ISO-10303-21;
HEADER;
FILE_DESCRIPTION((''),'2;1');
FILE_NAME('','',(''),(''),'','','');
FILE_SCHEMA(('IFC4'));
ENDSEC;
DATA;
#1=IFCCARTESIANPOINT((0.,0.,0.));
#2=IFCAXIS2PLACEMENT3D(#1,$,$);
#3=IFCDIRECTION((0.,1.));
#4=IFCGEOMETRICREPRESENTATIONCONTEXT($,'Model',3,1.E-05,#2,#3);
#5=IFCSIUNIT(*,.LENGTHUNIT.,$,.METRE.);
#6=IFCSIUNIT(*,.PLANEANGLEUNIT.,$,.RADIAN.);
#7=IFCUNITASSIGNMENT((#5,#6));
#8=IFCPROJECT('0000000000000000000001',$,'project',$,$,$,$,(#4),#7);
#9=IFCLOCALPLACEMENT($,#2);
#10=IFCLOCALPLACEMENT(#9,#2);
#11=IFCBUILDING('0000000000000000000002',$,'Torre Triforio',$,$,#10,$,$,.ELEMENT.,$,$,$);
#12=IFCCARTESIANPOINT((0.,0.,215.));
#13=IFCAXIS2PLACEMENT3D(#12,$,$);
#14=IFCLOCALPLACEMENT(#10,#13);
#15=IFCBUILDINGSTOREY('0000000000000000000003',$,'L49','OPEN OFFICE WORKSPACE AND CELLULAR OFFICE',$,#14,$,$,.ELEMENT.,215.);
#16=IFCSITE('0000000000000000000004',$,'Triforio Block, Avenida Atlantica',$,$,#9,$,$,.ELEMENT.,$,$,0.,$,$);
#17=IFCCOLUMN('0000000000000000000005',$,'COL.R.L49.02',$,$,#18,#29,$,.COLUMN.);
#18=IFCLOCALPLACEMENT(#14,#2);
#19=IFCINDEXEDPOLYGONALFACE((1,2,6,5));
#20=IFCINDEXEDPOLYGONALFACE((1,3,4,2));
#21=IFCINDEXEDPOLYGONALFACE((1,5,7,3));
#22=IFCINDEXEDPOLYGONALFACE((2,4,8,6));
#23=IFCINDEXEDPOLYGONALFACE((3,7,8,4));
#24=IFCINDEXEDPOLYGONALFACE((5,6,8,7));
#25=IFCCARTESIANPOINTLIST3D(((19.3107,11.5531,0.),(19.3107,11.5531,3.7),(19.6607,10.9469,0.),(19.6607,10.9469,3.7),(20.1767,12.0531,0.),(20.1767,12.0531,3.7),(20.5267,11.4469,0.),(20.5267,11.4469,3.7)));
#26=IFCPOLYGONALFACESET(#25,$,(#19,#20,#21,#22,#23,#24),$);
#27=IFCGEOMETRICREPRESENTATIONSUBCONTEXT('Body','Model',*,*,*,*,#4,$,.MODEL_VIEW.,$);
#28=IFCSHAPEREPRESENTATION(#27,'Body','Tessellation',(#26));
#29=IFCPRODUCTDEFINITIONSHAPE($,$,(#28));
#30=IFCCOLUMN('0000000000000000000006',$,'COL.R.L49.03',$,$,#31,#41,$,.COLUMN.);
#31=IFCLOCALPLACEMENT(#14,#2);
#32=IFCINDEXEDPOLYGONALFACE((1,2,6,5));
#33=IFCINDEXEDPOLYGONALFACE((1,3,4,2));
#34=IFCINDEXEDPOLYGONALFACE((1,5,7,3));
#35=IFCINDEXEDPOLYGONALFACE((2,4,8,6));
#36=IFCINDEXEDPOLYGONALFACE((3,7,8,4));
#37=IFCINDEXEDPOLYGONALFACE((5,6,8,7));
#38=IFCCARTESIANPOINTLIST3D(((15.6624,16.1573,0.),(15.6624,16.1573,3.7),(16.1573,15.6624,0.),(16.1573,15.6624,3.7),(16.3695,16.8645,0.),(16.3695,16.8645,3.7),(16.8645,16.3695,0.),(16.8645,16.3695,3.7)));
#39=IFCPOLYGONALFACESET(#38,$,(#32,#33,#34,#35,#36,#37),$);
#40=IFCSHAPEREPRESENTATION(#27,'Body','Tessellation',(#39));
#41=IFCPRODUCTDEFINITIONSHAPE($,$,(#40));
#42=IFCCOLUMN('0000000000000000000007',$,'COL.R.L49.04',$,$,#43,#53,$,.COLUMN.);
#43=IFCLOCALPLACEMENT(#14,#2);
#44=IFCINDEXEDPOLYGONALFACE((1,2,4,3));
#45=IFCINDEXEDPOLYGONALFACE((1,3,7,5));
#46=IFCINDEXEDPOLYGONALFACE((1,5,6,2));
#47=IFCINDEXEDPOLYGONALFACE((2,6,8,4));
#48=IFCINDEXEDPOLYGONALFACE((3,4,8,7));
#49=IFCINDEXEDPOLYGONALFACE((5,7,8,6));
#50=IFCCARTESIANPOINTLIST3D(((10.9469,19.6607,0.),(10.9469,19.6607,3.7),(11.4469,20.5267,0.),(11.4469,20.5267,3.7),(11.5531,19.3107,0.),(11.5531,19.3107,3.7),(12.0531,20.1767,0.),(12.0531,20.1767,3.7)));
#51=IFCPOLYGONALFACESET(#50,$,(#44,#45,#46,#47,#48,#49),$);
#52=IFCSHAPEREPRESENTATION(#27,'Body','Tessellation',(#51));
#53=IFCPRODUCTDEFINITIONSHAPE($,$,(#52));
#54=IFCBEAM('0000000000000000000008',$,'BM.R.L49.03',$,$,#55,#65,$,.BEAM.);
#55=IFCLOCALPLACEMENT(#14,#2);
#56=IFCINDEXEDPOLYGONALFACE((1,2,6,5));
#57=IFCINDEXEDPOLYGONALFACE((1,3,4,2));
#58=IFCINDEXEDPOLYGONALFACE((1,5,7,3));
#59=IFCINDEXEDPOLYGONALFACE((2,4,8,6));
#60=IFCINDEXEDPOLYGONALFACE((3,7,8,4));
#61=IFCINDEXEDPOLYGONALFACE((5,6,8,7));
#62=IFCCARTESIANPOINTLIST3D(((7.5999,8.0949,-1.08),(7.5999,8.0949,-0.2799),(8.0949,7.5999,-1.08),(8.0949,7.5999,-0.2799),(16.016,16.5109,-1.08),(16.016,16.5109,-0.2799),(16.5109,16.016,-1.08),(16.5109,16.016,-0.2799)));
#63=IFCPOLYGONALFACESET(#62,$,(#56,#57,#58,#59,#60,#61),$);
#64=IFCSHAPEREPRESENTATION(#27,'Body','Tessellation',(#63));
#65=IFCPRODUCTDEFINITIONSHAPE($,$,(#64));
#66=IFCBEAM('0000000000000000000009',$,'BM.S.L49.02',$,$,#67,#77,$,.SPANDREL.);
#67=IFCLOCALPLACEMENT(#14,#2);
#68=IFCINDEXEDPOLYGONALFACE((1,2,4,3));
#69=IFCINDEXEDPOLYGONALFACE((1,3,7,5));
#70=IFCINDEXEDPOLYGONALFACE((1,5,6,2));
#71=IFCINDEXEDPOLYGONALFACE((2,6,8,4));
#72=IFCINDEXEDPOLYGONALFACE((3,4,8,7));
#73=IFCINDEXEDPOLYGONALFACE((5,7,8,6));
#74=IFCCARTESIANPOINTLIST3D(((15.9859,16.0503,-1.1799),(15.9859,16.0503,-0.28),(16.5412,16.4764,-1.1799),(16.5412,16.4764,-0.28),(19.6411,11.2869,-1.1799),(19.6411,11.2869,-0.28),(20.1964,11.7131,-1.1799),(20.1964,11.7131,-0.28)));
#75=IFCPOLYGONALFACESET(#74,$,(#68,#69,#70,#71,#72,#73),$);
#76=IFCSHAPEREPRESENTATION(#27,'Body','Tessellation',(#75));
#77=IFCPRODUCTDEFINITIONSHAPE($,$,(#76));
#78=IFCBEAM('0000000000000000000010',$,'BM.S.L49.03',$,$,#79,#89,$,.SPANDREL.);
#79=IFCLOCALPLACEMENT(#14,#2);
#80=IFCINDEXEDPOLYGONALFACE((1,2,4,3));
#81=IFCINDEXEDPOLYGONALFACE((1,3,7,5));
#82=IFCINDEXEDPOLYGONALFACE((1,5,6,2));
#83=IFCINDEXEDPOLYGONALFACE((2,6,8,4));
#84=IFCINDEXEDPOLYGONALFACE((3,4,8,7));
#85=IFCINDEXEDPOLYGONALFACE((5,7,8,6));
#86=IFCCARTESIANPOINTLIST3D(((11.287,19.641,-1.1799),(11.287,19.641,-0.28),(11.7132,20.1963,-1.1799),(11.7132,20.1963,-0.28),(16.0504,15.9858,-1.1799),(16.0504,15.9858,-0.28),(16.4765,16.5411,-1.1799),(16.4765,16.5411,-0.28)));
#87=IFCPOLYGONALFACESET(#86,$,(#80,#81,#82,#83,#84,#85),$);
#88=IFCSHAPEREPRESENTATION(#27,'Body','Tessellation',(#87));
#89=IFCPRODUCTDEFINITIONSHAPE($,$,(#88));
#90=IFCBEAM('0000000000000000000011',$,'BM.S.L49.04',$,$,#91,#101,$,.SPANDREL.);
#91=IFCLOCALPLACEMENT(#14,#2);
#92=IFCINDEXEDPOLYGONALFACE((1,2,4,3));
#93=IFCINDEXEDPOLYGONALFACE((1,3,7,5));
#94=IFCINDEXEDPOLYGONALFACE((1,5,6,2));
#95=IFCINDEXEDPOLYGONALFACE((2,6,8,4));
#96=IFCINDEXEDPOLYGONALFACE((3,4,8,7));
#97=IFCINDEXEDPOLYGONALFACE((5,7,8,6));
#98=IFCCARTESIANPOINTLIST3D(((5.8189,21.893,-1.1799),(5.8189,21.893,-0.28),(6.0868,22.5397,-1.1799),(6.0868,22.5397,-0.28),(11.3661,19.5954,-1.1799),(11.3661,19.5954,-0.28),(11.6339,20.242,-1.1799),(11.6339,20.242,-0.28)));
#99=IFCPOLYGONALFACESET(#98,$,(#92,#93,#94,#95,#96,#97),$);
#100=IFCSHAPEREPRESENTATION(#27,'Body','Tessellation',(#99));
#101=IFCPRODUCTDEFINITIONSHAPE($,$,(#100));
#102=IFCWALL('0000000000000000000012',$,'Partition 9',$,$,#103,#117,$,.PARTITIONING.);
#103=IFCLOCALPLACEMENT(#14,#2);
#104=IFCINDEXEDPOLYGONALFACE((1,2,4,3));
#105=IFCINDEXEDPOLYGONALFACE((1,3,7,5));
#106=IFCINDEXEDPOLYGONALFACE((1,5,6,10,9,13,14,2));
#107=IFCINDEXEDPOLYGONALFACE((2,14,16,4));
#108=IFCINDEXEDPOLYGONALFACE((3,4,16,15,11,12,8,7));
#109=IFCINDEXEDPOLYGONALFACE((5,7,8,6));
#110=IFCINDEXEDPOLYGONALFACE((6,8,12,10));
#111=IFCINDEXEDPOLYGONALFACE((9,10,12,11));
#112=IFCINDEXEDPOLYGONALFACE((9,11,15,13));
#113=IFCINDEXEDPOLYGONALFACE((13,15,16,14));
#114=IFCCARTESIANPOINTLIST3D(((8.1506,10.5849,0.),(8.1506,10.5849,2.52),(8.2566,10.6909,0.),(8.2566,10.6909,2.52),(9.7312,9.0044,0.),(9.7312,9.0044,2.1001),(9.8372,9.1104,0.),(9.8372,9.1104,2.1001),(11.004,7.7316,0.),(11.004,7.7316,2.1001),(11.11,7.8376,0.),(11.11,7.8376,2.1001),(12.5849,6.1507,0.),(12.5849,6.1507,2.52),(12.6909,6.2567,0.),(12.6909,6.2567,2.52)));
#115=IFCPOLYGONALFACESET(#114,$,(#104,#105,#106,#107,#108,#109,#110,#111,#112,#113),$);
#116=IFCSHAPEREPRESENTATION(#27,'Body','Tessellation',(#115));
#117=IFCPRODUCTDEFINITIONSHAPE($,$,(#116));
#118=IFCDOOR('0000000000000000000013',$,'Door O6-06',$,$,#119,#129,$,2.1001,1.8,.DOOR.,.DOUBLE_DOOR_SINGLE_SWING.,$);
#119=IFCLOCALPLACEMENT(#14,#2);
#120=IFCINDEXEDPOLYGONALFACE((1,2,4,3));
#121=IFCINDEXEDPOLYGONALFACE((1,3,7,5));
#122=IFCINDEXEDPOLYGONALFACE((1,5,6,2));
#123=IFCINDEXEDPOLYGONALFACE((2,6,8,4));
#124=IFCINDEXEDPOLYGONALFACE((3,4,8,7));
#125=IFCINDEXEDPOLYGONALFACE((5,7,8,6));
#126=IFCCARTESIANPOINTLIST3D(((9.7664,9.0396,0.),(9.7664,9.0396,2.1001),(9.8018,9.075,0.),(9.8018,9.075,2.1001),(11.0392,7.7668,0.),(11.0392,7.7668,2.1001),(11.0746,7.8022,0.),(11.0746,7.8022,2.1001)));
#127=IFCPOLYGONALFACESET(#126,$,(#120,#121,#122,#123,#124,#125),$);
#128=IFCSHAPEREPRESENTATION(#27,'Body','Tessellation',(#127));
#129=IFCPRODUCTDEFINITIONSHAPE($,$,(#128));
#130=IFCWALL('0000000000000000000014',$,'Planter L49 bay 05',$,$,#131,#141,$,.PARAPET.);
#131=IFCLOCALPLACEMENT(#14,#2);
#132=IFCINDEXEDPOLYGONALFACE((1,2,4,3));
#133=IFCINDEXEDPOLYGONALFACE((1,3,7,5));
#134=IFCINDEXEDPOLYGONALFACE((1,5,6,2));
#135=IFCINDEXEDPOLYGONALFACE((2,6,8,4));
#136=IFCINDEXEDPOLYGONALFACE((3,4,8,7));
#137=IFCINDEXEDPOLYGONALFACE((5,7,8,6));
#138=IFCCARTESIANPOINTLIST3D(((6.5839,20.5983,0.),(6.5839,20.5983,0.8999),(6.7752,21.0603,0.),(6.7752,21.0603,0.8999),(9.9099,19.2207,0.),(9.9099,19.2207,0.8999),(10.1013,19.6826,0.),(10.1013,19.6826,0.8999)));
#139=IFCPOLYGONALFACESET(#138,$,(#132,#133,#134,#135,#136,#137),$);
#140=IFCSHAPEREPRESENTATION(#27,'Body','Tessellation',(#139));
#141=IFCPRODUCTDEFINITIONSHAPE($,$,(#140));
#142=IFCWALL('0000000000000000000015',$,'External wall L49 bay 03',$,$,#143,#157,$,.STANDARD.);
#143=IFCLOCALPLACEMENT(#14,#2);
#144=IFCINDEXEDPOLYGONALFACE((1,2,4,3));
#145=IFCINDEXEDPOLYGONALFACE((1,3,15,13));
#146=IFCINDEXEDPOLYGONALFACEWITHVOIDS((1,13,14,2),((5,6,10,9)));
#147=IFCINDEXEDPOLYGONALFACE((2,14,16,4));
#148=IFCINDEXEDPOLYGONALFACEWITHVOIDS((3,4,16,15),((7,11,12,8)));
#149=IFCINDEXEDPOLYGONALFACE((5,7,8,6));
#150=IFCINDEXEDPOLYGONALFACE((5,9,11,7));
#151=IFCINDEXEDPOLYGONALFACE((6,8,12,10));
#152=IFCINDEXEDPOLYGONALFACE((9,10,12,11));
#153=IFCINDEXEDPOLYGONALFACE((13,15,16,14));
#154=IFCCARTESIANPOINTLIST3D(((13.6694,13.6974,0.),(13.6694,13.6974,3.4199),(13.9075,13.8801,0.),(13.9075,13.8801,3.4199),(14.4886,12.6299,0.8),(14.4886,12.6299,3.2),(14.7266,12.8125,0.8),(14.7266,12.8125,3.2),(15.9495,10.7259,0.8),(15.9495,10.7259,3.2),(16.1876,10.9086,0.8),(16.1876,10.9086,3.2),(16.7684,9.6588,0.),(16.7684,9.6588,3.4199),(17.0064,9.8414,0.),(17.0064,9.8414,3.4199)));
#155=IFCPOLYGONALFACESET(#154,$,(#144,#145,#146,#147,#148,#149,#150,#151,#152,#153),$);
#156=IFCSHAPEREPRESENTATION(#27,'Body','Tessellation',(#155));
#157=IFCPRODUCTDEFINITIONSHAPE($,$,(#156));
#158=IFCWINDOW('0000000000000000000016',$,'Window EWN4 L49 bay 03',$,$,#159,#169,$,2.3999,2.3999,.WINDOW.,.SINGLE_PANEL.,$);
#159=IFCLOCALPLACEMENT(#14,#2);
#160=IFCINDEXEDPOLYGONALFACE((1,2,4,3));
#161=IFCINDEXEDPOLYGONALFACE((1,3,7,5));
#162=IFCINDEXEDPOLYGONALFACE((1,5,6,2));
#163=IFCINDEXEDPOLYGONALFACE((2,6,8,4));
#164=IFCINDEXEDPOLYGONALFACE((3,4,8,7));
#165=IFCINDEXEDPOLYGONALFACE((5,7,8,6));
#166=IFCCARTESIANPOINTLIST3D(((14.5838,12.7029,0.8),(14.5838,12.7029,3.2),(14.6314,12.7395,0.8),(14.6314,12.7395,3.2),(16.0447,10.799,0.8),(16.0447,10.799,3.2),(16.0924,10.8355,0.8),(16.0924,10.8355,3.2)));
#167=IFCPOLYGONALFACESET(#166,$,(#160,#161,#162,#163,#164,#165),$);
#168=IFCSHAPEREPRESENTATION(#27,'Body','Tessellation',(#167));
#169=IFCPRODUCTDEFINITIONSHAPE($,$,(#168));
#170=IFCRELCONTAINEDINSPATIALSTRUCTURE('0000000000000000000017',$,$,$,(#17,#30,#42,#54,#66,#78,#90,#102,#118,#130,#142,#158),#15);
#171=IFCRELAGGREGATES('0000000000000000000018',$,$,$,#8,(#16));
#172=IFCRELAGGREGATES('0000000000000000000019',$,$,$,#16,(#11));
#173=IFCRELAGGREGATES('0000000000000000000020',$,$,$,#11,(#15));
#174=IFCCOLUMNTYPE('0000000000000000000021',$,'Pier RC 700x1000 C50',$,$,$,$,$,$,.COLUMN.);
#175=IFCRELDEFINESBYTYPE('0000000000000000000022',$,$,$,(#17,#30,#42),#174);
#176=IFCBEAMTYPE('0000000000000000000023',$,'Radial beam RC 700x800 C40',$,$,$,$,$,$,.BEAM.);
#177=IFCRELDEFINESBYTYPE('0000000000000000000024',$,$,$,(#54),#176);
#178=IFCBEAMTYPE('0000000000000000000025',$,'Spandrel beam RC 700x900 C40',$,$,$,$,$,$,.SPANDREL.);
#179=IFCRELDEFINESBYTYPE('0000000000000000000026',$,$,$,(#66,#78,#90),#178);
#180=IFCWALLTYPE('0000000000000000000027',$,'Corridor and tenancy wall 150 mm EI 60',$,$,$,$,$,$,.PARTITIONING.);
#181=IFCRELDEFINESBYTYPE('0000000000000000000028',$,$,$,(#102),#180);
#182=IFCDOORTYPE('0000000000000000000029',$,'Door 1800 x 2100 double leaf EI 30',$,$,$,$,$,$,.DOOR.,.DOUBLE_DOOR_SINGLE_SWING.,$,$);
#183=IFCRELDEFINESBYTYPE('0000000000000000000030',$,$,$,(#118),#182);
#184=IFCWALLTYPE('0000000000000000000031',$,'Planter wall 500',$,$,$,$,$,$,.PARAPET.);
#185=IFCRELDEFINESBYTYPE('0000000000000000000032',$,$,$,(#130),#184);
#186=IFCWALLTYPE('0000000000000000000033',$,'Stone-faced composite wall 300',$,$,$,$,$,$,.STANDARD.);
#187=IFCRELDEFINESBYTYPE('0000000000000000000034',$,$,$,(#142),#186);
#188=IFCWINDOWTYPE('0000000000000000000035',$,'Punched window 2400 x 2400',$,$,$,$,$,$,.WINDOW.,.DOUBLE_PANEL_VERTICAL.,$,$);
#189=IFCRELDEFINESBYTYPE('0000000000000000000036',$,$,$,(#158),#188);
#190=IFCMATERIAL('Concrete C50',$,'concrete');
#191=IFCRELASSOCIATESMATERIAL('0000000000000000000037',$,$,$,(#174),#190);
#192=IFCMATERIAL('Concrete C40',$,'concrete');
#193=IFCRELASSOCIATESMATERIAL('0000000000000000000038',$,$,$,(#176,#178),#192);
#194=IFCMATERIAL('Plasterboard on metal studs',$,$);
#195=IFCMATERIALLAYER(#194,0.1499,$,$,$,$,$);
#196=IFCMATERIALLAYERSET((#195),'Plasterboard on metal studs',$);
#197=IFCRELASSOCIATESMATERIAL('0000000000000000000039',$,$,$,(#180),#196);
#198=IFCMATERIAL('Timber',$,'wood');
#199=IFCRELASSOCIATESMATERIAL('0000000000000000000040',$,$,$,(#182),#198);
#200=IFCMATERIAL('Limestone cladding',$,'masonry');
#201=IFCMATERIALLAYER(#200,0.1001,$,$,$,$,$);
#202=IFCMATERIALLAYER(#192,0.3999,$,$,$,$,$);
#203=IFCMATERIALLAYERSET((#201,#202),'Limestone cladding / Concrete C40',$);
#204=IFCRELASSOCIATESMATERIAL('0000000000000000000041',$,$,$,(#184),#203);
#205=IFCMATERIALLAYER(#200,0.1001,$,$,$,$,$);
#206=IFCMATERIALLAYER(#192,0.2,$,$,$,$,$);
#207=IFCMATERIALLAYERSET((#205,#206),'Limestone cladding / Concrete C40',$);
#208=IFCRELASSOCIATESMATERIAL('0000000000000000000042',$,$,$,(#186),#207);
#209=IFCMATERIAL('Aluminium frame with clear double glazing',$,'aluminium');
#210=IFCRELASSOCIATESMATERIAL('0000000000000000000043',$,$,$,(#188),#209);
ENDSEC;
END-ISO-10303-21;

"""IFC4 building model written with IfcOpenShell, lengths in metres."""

from ifc_helpers import new_model, si_unit, direction, frame, frame_2d, origin, origin_2d, place, context, subcontext, project, spatial, rectangle, extrude, material, layer, layer_set, material_profile, profile_set, type_object, element, fill, save


model = new_model("IFC4")

# Units and contexts
model_context = context("Model", 3, precision=1e-05, world=origin(), true_north=direction((0.0, 1.0)))
body_context = subcontext(model_context, "Body", "Model", "MODEL_VIEW")
ifc_project = project(units=[si_unit("LENGTHUNIT", "METRE"), si_unit("PLANEANGLEUNIT", "RADIAN")], contexts=[model_context])

# Site, building, storey
site_placement = place(None, origin())
site = spatial("IfcSite", under=ifc_project, at=site_placement, Name="Triforio Block, Avenida Atlantica", CompositionType="ELEMENT", RefElevation=0.0)
building_placement = place(site_placement, origin())
building = spatial("IfcBuilding", under=site, at=building_placement, Name="Torre Triforio", CompositionType="ELEMENT")
storey_placement = place(building_placement, frame((0.0, 0.0, 215.0)))
storey = spatial("IfcBuildingStorey", under=building, at=storey_placement, Name="L49", Description="OPEN OFFICE WORKSPACE AND CELLULAR OFFICE", CompositionType="ELEMENT", Elevation=215.0)

# Columns
ifc_material_1 = material(Name="Concrete C50", Category="concrete")
ifc_material_profile_1 = material_profile(ifc_material_1, rectangle(XDim=0.7, YDim=1.0, at=origin_2d()), Name="RC 700x1000")
ifc_profile_set_1 = profile_set([ifc_material_profile_1], Name="Concrete C50")
column_type = type_object("IfcColumnType", Name="Pier RC 700x1000 C50", PredefinedType="COLUMN", material=ifc_profile_set_1)
for number, where, z_axis, x_axis, name in (
    (1, (19.9187, 11.5, 0.0), (0.0, 0.0, 1.0), (-0.5, 0.866025, 0.0), "COL.R.L49.02"),
    (2, (16.2634, 16.2634, 0.0), (0.0, 0.0, 1.0), (-0.707107, 0.707107, 0.0), "COL.R.L49.03"),
    (3, (11.5, 19.9187, 0.0), (0.0, 0.0, 1.0), (-0.866025, 0.5, 0.0), "COL.R.L49.04"),
):
    element("IfcColumn", number, at=place(storey_placement, frame(where, z_axis=z_axis, x_axis=x_axis)), inside=storey, type_object=column_type, Name=name, PredefinedType="COLUMN", context=body_context, shape_type="SweptSolid", body=[
        extrude(rectangle(XDim=0.7, YDim=1.0, at=origin_2d()), origin(), (0.0, 0.0, 1.0), 3.7),
    ])

# Beams
ifc_material_2 = material(Name="Concrete C40", Category="concrete")
ifc_material_profile_2 = material_profile(ifc_material_2, rectangle(XDim=0.7, YDim=0.8, at=origin_2d()), Name="RC 700x800")
ifc_profile_set_2 = profile_set([ifc_material_profile_2], Name="Concrete C40")
beam_type_1 = type_object("IfcBeamType", Name="Radial beam RC 700x800 C40", PredefinedType="BEAM", material=ifc_profile_set_2)
beam_placement = place(storey_placement, frame((7.8474, 7.8474, -0.6799), z_axis=(0.707107, 0.707107, 0.0), x_axis=(-0.707107, 0.707107, 0.0)))
element("IfcBeam", 4, at=beam_placement, inside=storey, type_object=beam_type_1, Name="BM.R.L49.03", PredefinedType="BEAM", context=body_context, shape_type="SweptSolid", body=[
    extrude(rectangle(XDim=0.7, YDim=0.8, at=origin_2d()), origin(), (0.0, 0.0, 1.0), 11.9021),
])
ifc_material_profile_3 = material_profile(ifc_material_2, rectangle(XDim=0.7, YDim=0.8999, at=origin_2d()), Name="RC 700x900")
ifc_profile_set_3 = profile_set([ifc_material_profile_3], Name="Concrete C40")
beam_type_2 = type_object("IfcBeamType", Name="Spandrel beam RC 700x900 C40", PredefinedType="SPANDREL", material=ifc_profile_set_3)
for number, where, z_axis, x_axis, name in (
    (5, (19.9187, 11.5, -0.73), (-0.608779, 0.79334, 0.0), (-0.79334, -0.608779, 0.0), "BM.S.L49.02"),
    (6, (16.2634, 16.2634, -0.73), (-0.79334, 0.608779, 0.0), (-0.608779, -0.79334, 0.0), "BM.S.L49.03"),
    (7, (11.5, 19.9187, -0.73), (-0.923885, 0.382671, 0.0), (-0.382671, -0.923885, 0.0), "BM.S.L49.04"),
):
    element("IfcBeam", number, at=place(storey_placement, frame(where, z_axis=z_axis, x_axis=x_axis)), inside=storey, type_object=beam_type_2, Name=name, PredefinedType="SPANDREL", context=body_context, shape_type="SweptSolid", body=[
        extrude(rectangle(XDim=0.7, YDim=0.8999, at=origin_2d()), origin(), (0.0, 0.0, 1.0), 6.0042),
    ])

# Wall, opening, door
ifc_material_3 = material(Name="Plasterboard on metal studs")
ifc_layer_1 = layer(ifc_material_3, 0.1499)
ifc_layer_set_1 = layer_set([ifc_layer_1], Name="Plasterboard on metal studs")
wall_type_1 = type_object("IfcWallType", Name="Corridor and tenancy wall 150 mm EI 60", PredefinedType="PARTITIONING", material=ifc_layer_set_1)
wall_1_placement = place(storey_placement, frame((8.2036, 10.6379, 0.0), z_axis=(0.0, 0.0, 1.0), x_axis=(0.707107, -0.707107, 0.0)))
wall_1 = element("IfcWall", 8, at=wall_1_placement, inside=storey, type_object=wall_type_1, Name="Partition 9", PredefinedType="PARTITIONING", context=body_context, shape_type="SweptSolid", body=[
    extrude(rectangle(XDim=6.271, YDim=0.1499, at=frame_2d((3.1355, 0.0))), origin(), (0.0, 0.0, 1.0), 2.52),
])
opening_1_placement = place(wall_1_placement, frame((2.2354, 0.0, 0.0)))
opening_1 = element("IfcOpeningElement", 9, at=opening_1_placement, cuts=wall_1, PredefinedType="OPENING", context=body_context, shape_type="SweptSolid", body=[
    extrude(rectangle(XDim=1.8, YDim=2.1001, at=frame_2d((0.8999, 1.05))), frame((0.0, 0.085, 0.0), z_axis=(0.0, -1.0, 0.0), x_axis=(1.0, 0.0, 0.0)), (0.0, 0.0, 1.0), 0.1699),
])
ifc_material_4 = material(Name="Timber", Category="wood")
door_type_1 = type_object("IfcDoorType", Name="Door 1800 x 2100 double leaf EI 30", OperationType="DOUBLE_DOOR_SINGLE_SWING", PredefinedType="DOOR", material=ifc_material_4)
door_1_placement = place(opening_1_placement, origin())
door_1 = element("IfcDoor", 10, at=door_1_placement, inside=storey, type_object=door_type_1, Name="Door O6-06", OperationType="DOUBLE_DOOR_SINGLE_SWING", OverallHeight=2.1001, OverallWidth=1.8, PredefinedType="DOOR", context=body_context, shape_type="SweptSolid", body=[
    extrude(rectangle(XDim=1.8, YDim=2.1001, at=frame_2d((0.8999, 1.05))), frame((0.0, 0.0249, 0.0), z_axis=(0.0, -1.0, 0.0), x_axis=(1.0, 0.0, 0.0)), (0.0, 0.0, 1.0), 0.05),
])
fill(opening_1, door_1)

# Wall
ifc_material_5 = material(Name="Limestone cladding", Category="masonry")
ifc_layer_2 = layer(ifc_material_5, 0.1001)
ifc_layer_3 = layer(ifc_material_2, 0.3999)
ifc_layer_set_2 = layer_set([ifc_layer_2, ifc_layer_3], Name="Limestone cladding / Concrete C40")
wall_type_2 = type_object("IfcWallType", Name="Planter wall 500", PredefinedType="PARAPET", material=ifc_layer_set_2)
wall_2_placement = place(storey_placement, frame((10.0056, 19.4517, 0.0), z_axis=(0.0, 0.0, 1.0), x_axis=(-0.923885, 0.382669, 0.0)))
element("IfcWall", 11, at=wall_2_placement, inside=storey, type_object=wall_type_2, Name="Planter L49 bay 05", PredefinedType="PARAPET", context=body_context, shape_type="SweptSolid", body=[
    extrude(rectangle(XDim=3.6001, YDim=0.5, at=frame_2d((1.8, 0.0))), origin(), (0.0, 0.0, 1.0), 0.8999),
])

# Wall, opening, window
ifc_layer_4 = layer(ifc_material_5, 0.1001)
ifc_layer_5 = layer(ifc_material_2, 0.2)
ifc_layer_set_3 = layer_set([ifc_layer_4, ifc_layer_5], Name="Limestone cladding / Concrete C40")
wall_type_3 = type_object("IfcWallType", Name="Stone-faced composite wall 300", PredefinedType="STANDARD", material=ifc_layer_set_3)
wall_3_placement = place(storey_placement, frame((16.8875, 9.75, 0.0), z_axis=(0.0, 0.0, 1.0), x_axis=(-0.608758, 0.793356, 0.0)))
wall_3 = element("IfcWall", 12, at=wall_3_placement, inside=storey, type_object=wall_type_3, Name="External wall L49 bay 03", PredefinedType="STANDARD", context=body_context, shape_type="SweptSolid", body=[
    extrude(rectangle(XDim=5.0906, YDim=0.3, at=frame_2d((2.5454, 0.0))), origin(), (0.0, 0.0, 1.0), 3.4199),
])
opening_2_placement = place(wall_3_placement, frame((1.3452, 0.0, 0.8)))
opening_2 = element("IfcOpeningElement", 13, at=opening_2_placement, cuts=wall_3, PredefinedType="OPENING", context=body_context, shape_type="SweptSolid", body=[
    extrude(rectangle(XDim=2.3999, YDim=2.3999, at=frame_2d((1.2, 1.2))), frame((0.0, 0.1599, 0.0), z_axis=(0.0, -1.0, 0.0), x_axis=(1.0, 0.0, 0.0)), (0.0, 0.0, 1.0), 0.3201),
])
ifc_material_6 = material(Name="Aluminium frame with clear double glazing", Category="aluminium")
window_type_1 = type_object("IfcWindowType", Name="Punched window 2400 x 2400", PartitioningType="DOUBLE_PANEL_VERTICAL", PredefinedType="WINDOW", material=ifc_material_6)
window_1_placement = place(opening_2_placement, origin())
window_1 = element("IfcWindow", 14, at=window_1_placement, inside=storey, type_object=window_type_1, Name="Window EWN4 L49 bay 03", OverallHeight=2.3999, OverallWidth=2.3999, PartitioningType="SINGLE_PANEL", PredefinedType="WINDOW", context=body_context, shape_type="SweptSolid", body=[
    extrude(rectangle(XDim=2.3999, YDim=2.3999, at=frame_2d((1.2, 1.2))), frame((0.0, 0.03, 0.0), z_axis=(0.0, -1.0, 0.0), x_axis=(1.0, 0.0, 0.0)), (0.0, 0.0, 1.0), 0.0601),
])
fill(opening_2, window_1)

save(model, "model.ifc")
